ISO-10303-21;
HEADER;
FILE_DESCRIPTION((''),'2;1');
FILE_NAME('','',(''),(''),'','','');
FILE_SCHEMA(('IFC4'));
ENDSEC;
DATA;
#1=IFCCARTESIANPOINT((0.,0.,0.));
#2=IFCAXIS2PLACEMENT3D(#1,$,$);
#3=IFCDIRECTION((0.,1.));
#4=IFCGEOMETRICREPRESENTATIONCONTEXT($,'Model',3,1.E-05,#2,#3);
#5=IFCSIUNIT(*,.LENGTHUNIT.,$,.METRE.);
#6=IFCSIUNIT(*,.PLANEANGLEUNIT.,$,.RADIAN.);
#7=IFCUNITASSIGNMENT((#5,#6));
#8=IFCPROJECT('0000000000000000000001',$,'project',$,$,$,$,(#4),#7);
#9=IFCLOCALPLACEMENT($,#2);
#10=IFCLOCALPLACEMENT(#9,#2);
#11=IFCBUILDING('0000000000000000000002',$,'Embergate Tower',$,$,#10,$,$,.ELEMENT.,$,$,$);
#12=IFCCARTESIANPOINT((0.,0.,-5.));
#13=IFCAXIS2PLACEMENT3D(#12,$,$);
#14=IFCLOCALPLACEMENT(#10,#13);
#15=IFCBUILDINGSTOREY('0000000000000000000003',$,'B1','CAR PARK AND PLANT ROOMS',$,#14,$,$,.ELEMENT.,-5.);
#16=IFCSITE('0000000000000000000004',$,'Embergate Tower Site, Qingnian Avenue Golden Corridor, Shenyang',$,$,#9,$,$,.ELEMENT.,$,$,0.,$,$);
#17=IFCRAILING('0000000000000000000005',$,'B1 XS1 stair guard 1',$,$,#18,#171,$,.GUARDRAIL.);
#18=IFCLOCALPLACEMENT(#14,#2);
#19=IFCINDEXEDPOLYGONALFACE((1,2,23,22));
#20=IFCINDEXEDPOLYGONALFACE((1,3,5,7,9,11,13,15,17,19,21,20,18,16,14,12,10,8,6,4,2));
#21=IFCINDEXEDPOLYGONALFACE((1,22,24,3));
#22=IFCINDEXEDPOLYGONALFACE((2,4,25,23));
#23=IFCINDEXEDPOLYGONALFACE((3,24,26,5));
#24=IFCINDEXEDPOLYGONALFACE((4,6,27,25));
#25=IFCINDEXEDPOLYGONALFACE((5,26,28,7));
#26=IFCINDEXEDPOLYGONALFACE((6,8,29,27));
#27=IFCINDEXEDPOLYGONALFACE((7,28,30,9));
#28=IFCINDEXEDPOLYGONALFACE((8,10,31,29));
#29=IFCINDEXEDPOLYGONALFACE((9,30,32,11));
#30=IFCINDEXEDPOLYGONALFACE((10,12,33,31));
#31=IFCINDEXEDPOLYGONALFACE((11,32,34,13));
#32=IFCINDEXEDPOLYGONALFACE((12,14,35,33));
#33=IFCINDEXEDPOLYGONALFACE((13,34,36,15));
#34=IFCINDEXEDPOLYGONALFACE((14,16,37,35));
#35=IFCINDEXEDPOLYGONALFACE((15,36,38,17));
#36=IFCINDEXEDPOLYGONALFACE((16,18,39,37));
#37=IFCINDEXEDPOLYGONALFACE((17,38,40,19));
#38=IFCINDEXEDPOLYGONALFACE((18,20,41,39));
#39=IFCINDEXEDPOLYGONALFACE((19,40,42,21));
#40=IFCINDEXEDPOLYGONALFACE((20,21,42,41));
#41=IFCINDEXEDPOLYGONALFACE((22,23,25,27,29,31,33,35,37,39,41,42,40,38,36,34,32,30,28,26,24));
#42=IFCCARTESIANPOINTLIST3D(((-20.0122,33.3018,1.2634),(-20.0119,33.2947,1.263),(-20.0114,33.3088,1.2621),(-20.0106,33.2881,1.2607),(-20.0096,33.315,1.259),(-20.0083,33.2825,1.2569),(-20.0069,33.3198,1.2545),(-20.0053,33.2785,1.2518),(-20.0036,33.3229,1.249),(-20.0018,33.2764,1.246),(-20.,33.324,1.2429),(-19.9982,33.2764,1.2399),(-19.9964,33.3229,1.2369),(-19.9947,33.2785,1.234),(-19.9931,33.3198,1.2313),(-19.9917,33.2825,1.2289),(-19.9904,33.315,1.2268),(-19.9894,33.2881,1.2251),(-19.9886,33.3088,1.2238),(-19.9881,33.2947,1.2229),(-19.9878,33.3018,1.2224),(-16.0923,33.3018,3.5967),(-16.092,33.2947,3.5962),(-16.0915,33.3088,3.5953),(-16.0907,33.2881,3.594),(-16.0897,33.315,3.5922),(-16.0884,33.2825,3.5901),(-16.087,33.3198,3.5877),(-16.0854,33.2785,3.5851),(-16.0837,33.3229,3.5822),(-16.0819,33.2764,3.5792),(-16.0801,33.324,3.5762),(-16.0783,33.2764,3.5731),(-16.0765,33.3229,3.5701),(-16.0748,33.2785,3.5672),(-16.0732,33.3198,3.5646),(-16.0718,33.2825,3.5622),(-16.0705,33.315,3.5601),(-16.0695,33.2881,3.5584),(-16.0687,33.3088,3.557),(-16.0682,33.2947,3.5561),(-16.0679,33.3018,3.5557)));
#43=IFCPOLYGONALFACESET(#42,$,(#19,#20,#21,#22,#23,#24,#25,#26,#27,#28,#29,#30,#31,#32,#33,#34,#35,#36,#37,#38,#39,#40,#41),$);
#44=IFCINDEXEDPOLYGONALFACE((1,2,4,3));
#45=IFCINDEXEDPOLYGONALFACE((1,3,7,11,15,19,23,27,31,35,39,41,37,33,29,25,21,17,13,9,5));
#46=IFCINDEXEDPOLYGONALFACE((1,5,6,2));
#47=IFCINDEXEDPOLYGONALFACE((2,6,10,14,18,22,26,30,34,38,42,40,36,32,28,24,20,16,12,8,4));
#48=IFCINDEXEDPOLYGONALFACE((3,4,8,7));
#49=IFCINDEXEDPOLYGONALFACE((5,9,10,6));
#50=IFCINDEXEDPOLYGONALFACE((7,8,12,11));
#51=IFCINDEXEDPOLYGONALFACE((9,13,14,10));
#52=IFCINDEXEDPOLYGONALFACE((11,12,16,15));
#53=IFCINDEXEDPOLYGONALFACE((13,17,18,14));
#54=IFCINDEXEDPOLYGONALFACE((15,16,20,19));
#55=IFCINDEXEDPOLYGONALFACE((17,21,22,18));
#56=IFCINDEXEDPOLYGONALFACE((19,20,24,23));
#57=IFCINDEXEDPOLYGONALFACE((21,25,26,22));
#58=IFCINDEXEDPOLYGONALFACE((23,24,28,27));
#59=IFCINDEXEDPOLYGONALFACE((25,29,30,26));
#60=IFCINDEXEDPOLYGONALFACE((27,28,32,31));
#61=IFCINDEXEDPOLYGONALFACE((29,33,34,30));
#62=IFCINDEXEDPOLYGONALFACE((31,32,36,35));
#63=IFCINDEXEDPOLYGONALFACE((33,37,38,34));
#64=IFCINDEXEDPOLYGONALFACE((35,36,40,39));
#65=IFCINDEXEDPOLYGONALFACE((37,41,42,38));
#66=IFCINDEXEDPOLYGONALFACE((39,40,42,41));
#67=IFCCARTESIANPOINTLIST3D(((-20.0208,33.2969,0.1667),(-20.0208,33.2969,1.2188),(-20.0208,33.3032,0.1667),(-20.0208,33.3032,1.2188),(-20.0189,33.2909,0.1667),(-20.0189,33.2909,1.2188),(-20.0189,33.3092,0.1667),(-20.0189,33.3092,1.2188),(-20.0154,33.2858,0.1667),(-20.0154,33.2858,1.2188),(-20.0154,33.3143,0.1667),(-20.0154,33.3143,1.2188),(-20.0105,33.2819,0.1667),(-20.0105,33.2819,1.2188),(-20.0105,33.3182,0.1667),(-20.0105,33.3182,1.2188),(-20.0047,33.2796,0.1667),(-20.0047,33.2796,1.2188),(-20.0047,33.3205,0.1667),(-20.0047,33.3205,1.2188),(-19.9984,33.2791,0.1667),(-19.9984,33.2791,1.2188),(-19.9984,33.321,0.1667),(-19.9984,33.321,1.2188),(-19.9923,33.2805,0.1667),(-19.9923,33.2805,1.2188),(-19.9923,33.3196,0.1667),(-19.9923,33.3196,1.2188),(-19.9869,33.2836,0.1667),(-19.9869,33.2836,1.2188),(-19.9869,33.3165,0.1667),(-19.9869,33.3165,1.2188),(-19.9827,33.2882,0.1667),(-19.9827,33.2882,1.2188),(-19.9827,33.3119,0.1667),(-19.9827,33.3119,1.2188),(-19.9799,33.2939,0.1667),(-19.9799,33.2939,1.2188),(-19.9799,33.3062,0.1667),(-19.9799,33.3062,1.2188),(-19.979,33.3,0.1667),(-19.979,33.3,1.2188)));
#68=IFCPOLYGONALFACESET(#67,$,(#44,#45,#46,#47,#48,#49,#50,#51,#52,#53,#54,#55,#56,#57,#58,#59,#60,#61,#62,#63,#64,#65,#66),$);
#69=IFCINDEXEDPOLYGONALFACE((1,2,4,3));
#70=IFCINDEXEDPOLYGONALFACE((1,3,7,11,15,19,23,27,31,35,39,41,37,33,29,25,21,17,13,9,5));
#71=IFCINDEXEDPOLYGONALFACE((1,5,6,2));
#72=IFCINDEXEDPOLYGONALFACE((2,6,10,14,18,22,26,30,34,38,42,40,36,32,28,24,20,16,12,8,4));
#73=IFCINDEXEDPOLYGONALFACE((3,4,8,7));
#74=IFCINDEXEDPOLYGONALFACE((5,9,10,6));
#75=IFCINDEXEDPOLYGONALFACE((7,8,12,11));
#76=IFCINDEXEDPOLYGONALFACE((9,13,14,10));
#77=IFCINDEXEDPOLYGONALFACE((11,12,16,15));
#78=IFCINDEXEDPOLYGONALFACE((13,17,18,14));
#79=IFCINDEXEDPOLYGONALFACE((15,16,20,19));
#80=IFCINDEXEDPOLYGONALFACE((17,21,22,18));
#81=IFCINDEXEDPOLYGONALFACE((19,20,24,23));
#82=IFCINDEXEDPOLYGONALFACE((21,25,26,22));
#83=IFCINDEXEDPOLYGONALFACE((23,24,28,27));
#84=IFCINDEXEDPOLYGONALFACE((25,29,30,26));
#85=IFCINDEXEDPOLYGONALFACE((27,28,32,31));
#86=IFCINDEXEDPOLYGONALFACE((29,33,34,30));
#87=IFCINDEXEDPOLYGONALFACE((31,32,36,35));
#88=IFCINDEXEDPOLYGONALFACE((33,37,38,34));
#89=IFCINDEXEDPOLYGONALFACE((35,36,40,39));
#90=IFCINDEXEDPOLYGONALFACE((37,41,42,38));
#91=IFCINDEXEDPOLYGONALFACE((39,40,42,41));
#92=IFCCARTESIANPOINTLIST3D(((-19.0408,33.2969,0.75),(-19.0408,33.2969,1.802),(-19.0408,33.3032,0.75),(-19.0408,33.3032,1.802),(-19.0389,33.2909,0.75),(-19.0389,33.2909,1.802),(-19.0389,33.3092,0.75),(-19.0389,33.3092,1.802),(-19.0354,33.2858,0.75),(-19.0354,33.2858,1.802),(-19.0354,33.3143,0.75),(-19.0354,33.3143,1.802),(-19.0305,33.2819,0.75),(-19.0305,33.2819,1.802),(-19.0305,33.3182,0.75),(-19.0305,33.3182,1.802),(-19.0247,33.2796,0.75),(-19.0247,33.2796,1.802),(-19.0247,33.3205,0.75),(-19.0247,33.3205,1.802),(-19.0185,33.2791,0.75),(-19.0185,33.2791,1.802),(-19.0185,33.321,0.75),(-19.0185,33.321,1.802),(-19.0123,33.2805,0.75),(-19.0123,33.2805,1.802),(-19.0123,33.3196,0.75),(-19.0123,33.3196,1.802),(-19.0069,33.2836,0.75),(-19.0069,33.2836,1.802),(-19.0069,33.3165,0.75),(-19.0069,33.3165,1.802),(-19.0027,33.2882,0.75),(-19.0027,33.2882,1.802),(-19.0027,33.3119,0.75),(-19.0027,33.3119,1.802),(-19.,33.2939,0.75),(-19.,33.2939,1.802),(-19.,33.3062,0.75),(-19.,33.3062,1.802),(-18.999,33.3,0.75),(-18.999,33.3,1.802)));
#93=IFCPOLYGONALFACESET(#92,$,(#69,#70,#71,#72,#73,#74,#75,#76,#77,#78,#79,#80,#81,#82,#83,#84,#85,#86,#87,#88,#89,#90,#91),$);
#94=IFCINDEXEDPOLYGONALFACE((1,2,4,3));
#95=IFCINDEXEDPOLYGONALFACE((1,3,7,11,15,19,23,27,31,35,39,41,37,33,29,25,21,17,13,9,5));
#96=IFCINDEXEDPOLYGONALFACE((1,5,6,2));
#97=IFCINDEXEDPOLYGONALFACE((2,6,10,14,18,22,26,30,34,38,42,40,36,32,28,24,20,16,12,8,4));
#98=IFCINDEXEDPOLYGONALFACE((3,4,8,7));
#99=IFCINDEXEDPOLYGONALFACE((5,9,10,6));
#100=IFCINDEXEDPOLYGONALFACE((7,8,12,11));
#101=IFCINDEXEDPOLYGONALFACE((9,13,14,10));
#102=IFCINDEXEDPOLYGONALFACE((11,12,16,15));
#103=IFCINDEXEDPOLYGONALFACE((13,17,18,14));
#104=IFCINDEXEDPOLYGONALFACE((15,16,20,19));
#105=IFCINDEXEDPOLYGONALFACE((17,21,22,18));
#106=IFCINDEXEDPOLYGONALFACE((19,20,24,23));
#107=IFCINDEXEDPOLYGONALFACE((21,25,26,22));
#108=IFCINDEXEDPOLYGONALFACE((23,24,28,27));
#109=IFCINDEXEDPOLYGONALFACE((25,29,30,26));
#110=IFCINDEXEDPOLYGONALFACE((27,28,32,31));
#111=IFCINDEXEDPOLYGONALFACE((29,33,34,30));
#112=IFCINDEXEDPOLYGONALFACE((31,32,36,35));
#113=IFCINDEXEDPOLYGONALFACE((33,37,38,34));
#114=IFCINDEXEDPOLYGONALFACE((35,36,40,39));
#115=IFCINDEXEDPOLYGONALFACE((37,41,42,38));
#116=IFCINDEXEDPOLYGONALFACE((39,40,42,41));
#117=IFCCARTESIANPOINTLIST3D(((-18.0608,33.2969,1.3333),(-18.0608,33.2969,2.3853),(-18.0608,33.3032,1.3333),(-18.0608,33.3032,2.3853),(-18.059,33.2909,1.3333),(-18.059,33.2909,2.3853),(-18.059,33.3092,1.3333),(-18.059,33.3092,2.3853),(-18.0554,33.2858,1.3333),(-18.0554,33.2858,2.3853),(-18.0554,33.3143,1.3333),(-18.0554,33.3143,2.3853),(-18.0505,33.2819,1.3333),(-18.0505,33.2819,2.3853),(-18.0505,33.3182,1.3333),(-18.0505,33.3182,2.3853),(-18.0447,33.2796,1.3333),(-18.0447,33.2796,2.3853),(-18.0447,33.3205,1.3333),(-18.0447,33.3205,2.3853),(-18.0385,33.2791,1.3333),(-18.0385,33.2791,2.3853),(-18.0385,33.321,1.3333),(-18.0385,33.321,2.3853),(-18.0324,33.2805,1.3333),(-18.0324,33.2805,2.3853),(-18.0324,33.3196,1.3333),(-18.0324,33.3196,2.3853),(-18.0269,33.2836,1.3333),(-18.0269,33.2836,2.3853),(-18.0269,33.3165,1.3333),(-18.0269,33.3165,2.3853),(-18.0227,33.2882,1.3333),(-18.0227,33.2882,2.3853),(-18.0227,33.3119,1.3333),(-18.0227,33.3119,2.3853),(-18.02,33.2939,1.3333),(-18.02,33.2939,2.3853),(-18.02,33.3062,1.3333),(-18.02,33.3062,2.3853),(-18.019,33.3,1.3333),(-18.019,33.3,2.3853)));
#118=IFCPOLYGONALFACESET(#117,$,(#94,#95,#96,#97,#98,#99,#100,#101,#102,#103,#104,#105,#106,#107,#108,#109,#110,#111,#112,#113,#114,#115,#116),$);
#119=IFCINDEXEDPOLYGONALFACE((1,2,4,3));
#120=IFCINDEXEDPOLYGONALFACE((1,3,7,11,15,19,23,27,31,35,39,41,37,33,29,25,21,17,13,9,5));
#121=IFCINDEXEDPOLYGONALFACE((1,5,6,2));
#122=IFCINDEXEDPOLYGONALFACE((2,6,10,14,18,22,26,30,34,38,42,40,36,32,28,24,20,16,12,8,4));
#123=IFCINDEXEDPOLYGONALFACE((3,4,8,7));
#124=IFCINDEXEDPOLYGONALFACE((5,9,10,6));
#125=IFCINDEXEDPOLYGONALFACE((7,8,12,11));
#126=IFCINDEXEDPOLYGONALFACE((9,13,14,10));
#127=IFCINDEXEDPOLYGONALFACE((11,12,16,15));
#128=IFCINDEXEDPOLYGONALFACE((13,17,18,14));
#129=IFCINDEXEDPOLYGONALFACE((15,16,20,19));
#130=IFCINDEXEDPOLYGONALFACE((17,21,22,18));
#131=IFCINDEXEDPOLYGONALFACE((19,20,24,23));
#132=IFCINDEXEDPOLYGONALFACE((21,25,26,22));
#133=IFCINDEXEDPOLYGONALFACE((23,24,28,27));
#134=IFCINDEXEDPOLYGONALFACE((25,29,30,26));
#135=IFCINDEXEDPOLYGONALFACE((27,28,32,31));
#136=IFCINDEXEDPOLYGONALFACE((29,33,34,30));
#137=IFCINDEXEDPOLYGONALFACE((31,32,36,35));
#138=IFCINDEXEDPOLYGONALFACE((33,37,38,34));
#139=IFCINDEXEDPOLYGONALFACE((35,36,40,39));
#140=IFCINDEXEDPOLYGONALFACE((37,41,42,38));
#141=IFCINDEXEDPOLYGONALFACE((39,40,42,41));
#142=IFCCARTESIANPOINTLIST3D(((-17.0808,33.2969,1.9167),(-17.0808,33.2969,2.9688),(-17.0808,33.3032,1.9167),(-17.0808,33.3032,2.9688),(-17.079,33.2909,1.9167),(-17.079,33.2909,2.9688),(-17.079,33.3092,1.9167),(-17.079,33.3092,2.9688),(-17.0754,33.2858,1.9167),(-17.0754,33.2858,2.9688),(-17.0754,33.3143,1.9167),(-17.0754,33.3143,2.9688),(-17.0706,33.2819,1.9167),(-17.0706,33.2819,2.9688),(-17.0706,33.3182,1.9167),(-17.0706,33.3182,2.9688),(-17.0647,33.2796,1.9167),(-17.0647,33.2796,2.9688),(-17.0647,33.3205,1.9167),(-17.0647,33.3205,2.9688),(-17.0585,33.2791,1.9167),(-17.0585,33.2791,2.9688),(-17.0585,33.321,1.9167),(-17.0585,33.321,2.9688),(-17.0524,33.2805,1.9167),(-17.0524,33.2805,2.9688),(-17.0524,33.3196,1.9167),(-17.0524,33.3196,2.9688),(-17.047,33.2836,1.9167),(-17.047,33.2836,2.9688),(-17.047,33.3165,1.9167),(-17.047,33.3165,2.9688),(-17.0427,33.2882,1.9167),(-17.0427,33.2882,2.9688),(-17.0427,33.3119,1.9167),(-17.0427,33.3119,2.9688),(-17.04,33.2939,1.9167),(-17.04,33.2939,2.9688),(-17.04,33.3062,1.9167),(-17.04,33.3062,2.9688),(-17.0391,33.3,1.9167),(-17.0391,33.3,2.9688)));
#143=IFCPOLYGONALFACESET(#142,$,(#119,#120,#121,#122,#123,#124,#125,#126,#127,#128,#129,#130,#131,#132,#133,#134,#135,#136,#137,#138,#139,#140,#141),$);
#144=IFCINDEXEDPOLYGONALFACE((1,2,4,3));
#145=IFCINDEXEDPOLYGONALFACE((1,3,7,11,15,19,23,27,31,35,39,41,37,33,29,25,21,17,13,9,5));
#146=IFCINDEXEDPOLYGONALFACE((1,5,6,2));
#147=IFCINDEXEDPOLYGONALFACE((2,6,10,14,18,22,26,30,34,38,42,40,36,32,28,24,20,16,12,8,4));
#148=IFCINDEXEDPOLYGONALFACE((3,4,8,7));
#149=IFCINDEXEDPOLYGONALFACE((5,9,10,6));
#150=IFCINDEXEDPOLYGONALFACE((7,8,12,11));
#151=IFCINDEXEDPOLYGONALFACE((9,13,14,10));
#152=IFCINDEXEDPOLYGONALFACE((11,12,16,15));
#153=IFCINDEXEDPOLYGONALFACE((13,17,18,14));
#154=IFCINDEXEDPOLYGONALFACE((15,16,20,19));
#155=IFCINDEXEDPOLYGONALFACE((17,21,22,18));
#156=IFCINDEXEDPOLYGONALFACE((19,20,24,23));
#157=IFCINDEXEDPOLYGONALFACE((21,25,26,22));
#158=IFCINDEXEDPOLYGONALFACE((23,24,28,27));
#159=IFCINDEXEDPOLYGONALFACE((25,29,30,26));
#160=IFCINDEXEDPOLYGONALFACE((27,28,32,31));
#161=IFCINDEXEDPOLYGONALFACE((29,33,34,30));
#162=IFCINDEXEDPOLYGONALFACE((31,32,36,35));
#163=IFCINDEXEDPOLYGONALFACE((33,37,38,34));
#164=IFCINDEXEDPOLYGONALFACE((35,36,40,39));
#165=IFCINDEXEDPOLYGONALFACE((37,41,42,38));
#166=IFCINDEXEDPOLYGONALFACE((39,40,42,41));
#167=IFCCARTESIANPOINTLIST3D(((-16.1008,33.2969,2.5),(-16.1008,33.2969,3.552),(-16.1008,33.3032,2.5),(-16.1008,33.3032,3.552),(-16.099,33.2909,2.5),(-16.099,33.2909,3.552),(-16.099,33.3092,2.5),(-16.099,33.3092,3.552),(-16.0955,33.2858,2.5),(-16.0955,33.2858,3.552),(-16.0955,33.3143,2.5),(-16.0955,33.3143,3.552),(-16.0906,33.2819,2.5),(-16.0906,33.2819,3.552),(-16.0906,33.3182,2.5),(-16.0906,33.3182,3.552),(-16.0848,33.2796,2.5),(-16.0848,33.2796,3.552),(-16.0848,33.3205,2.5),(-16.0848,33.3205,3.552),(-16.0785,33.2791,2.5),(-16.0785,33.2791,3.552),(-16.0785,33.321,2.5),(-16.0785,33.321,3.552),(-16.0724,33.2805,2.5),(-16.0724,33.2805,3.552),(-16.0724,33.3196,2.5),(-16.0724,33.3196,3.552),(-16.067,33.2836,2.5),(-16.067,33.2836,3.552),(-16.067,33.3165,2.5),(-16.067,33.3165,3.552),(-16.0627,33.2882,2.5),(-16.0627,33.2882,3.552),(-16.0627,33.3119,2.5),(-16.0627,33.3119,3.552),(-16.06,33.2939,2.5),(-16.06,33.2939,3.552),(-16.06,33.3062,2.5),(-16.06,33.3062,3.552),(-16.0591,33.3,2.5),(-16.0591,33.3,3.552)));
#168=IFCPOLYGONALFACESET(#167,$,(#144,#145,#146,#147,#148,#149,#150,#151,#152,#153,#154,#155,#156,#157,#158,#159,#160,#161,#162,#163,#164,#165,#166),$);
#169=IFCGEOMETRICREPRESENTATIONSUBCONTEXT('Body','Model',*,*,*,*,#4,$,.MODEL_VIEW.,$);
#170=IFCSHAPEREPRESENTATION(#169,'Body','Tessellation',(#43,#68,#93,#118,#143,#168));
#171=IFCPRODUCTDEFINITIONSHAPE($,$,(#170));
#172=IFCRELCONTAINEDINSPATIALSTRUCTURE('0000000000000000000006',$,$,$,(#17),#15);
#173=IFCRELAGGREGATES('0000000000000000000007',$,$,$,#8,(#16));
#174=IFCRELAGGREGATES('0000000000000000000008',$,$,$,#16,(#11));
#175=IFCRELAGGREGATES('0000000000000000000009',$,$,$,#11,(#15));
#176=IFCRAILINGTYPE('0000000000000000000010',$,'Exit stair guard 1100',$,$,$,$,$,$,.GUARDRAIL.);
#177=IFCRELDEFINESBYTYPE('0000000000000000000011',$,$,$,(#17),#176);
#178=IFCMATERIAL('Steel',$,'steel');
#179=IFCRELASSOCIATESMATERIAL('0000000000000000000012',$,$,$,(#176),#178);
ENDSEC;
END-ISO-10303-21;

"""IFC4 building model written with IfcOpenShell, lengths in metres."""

from ifc_helpers import new_model, si_unit, direction, frame, origin, origin_2d, place, context, subcontext, project, spatial, circle, extrude, source, transform, mapped, material, type_object, element, save


model = new_model("IFC4")

# Units and contexts
model_context = context("Model", 3, precision=1e-05, world=origin(), true_north=direction((0.0, 1.0)))
body_context = subcontext(model_context, "Body", "Model", "MODEL_VIEW")
ifc_project = project(units=[si_unit("LENGTHUNIT", "METRE"), si_unit("PLANEANGLEUNIT", "RADIAN")], contexts=[model_context])

# Site, building, storey
site_placement = place(None, origin())
site = spatial("IfcSite", under=ifc_project, at=site_placement, Name="Embergate Tower Site, Qingnian Avenue Golden Corridor, Shenyang", CompositionType="ELEMENT", RefElevation=0.0)
building_placement = place(site_placement, origin())
building = spatial("IfcBuilding", under=site, at=building_placement, Name="Embergate Tower", CompositionType="ELEMENT")
storey_placement = place(building_placement, frame((0.0, 0.0, -5.0)))
storey = spatial("IfcBuildingStorey", under=building, at=storey_placement, Name="B1", Description="CAR PARK AND PLANT ROOMS", CompositionType="ELEMENT", Elevation=-5.0)

# Railing
ifc_material_1 = material(Name="Steel", Category="steel")
railing_type_1 = type_object("IfcRailingType", Name="Exit stair guard 1100", PredefinedType="GUARDRAIL", material=ifc_material_1)
shared_shape_1 = source(origin(), body_context, "Body", "SweptSolid", [
    extrude(circle(Radius=0.0239, at=origin_2d()), frame((0.0, 0.0, 1.0762), z_axis=(0.859296, 0.0, 0.511478), x_axis=(0.0, 1.0, 0.0)), (0.0, 0.0, 1.0), 4.5618),
    extrude(circle(Radius=0.021, at=origin_2d()), origin(), (0.0, 0.0, 1.0), 1.052),
    extrude(circle(Radius=0.021, at=origin_2d()), frame((0.98, 0.0, 0.5833)), (0.0, 0.0, 1.0), 1.052),
    extrude(circle(Radius=0.021, at=origin_2d()), frame((1.96, 0.0, 1.1665)), (0.0, 0.0, 1.0), 1.052),
    extrude(circle(Radius=0.021, at=origin_2d()), frame((2.9399, 0.0, 1.75)), (0.0, 0.0, 1.0), 1.052),
    extrude(circle(Radius=0.021, at=origin_2d()), frame((3.9199, 0.0, 2.3333)), (0.0, 0.0, 1.0), 1.052),
])
railing_1_placement = place(storey_placement, frame((-20.0, 33.3, 0.1667)))
element("IfcRailing", 1, at=railing_1_placement, inside=storey, type_object=railing_type_1, Name="B1 XS1 stair guard 1", PredefinedType="GUARDRAIL", context=body_context, shape_type="MappedRepresentation", body=[
    mapped(shared_shape_1, transform((0.0, 0.0, 0.0))),
])

save(model, "model.ifc")
